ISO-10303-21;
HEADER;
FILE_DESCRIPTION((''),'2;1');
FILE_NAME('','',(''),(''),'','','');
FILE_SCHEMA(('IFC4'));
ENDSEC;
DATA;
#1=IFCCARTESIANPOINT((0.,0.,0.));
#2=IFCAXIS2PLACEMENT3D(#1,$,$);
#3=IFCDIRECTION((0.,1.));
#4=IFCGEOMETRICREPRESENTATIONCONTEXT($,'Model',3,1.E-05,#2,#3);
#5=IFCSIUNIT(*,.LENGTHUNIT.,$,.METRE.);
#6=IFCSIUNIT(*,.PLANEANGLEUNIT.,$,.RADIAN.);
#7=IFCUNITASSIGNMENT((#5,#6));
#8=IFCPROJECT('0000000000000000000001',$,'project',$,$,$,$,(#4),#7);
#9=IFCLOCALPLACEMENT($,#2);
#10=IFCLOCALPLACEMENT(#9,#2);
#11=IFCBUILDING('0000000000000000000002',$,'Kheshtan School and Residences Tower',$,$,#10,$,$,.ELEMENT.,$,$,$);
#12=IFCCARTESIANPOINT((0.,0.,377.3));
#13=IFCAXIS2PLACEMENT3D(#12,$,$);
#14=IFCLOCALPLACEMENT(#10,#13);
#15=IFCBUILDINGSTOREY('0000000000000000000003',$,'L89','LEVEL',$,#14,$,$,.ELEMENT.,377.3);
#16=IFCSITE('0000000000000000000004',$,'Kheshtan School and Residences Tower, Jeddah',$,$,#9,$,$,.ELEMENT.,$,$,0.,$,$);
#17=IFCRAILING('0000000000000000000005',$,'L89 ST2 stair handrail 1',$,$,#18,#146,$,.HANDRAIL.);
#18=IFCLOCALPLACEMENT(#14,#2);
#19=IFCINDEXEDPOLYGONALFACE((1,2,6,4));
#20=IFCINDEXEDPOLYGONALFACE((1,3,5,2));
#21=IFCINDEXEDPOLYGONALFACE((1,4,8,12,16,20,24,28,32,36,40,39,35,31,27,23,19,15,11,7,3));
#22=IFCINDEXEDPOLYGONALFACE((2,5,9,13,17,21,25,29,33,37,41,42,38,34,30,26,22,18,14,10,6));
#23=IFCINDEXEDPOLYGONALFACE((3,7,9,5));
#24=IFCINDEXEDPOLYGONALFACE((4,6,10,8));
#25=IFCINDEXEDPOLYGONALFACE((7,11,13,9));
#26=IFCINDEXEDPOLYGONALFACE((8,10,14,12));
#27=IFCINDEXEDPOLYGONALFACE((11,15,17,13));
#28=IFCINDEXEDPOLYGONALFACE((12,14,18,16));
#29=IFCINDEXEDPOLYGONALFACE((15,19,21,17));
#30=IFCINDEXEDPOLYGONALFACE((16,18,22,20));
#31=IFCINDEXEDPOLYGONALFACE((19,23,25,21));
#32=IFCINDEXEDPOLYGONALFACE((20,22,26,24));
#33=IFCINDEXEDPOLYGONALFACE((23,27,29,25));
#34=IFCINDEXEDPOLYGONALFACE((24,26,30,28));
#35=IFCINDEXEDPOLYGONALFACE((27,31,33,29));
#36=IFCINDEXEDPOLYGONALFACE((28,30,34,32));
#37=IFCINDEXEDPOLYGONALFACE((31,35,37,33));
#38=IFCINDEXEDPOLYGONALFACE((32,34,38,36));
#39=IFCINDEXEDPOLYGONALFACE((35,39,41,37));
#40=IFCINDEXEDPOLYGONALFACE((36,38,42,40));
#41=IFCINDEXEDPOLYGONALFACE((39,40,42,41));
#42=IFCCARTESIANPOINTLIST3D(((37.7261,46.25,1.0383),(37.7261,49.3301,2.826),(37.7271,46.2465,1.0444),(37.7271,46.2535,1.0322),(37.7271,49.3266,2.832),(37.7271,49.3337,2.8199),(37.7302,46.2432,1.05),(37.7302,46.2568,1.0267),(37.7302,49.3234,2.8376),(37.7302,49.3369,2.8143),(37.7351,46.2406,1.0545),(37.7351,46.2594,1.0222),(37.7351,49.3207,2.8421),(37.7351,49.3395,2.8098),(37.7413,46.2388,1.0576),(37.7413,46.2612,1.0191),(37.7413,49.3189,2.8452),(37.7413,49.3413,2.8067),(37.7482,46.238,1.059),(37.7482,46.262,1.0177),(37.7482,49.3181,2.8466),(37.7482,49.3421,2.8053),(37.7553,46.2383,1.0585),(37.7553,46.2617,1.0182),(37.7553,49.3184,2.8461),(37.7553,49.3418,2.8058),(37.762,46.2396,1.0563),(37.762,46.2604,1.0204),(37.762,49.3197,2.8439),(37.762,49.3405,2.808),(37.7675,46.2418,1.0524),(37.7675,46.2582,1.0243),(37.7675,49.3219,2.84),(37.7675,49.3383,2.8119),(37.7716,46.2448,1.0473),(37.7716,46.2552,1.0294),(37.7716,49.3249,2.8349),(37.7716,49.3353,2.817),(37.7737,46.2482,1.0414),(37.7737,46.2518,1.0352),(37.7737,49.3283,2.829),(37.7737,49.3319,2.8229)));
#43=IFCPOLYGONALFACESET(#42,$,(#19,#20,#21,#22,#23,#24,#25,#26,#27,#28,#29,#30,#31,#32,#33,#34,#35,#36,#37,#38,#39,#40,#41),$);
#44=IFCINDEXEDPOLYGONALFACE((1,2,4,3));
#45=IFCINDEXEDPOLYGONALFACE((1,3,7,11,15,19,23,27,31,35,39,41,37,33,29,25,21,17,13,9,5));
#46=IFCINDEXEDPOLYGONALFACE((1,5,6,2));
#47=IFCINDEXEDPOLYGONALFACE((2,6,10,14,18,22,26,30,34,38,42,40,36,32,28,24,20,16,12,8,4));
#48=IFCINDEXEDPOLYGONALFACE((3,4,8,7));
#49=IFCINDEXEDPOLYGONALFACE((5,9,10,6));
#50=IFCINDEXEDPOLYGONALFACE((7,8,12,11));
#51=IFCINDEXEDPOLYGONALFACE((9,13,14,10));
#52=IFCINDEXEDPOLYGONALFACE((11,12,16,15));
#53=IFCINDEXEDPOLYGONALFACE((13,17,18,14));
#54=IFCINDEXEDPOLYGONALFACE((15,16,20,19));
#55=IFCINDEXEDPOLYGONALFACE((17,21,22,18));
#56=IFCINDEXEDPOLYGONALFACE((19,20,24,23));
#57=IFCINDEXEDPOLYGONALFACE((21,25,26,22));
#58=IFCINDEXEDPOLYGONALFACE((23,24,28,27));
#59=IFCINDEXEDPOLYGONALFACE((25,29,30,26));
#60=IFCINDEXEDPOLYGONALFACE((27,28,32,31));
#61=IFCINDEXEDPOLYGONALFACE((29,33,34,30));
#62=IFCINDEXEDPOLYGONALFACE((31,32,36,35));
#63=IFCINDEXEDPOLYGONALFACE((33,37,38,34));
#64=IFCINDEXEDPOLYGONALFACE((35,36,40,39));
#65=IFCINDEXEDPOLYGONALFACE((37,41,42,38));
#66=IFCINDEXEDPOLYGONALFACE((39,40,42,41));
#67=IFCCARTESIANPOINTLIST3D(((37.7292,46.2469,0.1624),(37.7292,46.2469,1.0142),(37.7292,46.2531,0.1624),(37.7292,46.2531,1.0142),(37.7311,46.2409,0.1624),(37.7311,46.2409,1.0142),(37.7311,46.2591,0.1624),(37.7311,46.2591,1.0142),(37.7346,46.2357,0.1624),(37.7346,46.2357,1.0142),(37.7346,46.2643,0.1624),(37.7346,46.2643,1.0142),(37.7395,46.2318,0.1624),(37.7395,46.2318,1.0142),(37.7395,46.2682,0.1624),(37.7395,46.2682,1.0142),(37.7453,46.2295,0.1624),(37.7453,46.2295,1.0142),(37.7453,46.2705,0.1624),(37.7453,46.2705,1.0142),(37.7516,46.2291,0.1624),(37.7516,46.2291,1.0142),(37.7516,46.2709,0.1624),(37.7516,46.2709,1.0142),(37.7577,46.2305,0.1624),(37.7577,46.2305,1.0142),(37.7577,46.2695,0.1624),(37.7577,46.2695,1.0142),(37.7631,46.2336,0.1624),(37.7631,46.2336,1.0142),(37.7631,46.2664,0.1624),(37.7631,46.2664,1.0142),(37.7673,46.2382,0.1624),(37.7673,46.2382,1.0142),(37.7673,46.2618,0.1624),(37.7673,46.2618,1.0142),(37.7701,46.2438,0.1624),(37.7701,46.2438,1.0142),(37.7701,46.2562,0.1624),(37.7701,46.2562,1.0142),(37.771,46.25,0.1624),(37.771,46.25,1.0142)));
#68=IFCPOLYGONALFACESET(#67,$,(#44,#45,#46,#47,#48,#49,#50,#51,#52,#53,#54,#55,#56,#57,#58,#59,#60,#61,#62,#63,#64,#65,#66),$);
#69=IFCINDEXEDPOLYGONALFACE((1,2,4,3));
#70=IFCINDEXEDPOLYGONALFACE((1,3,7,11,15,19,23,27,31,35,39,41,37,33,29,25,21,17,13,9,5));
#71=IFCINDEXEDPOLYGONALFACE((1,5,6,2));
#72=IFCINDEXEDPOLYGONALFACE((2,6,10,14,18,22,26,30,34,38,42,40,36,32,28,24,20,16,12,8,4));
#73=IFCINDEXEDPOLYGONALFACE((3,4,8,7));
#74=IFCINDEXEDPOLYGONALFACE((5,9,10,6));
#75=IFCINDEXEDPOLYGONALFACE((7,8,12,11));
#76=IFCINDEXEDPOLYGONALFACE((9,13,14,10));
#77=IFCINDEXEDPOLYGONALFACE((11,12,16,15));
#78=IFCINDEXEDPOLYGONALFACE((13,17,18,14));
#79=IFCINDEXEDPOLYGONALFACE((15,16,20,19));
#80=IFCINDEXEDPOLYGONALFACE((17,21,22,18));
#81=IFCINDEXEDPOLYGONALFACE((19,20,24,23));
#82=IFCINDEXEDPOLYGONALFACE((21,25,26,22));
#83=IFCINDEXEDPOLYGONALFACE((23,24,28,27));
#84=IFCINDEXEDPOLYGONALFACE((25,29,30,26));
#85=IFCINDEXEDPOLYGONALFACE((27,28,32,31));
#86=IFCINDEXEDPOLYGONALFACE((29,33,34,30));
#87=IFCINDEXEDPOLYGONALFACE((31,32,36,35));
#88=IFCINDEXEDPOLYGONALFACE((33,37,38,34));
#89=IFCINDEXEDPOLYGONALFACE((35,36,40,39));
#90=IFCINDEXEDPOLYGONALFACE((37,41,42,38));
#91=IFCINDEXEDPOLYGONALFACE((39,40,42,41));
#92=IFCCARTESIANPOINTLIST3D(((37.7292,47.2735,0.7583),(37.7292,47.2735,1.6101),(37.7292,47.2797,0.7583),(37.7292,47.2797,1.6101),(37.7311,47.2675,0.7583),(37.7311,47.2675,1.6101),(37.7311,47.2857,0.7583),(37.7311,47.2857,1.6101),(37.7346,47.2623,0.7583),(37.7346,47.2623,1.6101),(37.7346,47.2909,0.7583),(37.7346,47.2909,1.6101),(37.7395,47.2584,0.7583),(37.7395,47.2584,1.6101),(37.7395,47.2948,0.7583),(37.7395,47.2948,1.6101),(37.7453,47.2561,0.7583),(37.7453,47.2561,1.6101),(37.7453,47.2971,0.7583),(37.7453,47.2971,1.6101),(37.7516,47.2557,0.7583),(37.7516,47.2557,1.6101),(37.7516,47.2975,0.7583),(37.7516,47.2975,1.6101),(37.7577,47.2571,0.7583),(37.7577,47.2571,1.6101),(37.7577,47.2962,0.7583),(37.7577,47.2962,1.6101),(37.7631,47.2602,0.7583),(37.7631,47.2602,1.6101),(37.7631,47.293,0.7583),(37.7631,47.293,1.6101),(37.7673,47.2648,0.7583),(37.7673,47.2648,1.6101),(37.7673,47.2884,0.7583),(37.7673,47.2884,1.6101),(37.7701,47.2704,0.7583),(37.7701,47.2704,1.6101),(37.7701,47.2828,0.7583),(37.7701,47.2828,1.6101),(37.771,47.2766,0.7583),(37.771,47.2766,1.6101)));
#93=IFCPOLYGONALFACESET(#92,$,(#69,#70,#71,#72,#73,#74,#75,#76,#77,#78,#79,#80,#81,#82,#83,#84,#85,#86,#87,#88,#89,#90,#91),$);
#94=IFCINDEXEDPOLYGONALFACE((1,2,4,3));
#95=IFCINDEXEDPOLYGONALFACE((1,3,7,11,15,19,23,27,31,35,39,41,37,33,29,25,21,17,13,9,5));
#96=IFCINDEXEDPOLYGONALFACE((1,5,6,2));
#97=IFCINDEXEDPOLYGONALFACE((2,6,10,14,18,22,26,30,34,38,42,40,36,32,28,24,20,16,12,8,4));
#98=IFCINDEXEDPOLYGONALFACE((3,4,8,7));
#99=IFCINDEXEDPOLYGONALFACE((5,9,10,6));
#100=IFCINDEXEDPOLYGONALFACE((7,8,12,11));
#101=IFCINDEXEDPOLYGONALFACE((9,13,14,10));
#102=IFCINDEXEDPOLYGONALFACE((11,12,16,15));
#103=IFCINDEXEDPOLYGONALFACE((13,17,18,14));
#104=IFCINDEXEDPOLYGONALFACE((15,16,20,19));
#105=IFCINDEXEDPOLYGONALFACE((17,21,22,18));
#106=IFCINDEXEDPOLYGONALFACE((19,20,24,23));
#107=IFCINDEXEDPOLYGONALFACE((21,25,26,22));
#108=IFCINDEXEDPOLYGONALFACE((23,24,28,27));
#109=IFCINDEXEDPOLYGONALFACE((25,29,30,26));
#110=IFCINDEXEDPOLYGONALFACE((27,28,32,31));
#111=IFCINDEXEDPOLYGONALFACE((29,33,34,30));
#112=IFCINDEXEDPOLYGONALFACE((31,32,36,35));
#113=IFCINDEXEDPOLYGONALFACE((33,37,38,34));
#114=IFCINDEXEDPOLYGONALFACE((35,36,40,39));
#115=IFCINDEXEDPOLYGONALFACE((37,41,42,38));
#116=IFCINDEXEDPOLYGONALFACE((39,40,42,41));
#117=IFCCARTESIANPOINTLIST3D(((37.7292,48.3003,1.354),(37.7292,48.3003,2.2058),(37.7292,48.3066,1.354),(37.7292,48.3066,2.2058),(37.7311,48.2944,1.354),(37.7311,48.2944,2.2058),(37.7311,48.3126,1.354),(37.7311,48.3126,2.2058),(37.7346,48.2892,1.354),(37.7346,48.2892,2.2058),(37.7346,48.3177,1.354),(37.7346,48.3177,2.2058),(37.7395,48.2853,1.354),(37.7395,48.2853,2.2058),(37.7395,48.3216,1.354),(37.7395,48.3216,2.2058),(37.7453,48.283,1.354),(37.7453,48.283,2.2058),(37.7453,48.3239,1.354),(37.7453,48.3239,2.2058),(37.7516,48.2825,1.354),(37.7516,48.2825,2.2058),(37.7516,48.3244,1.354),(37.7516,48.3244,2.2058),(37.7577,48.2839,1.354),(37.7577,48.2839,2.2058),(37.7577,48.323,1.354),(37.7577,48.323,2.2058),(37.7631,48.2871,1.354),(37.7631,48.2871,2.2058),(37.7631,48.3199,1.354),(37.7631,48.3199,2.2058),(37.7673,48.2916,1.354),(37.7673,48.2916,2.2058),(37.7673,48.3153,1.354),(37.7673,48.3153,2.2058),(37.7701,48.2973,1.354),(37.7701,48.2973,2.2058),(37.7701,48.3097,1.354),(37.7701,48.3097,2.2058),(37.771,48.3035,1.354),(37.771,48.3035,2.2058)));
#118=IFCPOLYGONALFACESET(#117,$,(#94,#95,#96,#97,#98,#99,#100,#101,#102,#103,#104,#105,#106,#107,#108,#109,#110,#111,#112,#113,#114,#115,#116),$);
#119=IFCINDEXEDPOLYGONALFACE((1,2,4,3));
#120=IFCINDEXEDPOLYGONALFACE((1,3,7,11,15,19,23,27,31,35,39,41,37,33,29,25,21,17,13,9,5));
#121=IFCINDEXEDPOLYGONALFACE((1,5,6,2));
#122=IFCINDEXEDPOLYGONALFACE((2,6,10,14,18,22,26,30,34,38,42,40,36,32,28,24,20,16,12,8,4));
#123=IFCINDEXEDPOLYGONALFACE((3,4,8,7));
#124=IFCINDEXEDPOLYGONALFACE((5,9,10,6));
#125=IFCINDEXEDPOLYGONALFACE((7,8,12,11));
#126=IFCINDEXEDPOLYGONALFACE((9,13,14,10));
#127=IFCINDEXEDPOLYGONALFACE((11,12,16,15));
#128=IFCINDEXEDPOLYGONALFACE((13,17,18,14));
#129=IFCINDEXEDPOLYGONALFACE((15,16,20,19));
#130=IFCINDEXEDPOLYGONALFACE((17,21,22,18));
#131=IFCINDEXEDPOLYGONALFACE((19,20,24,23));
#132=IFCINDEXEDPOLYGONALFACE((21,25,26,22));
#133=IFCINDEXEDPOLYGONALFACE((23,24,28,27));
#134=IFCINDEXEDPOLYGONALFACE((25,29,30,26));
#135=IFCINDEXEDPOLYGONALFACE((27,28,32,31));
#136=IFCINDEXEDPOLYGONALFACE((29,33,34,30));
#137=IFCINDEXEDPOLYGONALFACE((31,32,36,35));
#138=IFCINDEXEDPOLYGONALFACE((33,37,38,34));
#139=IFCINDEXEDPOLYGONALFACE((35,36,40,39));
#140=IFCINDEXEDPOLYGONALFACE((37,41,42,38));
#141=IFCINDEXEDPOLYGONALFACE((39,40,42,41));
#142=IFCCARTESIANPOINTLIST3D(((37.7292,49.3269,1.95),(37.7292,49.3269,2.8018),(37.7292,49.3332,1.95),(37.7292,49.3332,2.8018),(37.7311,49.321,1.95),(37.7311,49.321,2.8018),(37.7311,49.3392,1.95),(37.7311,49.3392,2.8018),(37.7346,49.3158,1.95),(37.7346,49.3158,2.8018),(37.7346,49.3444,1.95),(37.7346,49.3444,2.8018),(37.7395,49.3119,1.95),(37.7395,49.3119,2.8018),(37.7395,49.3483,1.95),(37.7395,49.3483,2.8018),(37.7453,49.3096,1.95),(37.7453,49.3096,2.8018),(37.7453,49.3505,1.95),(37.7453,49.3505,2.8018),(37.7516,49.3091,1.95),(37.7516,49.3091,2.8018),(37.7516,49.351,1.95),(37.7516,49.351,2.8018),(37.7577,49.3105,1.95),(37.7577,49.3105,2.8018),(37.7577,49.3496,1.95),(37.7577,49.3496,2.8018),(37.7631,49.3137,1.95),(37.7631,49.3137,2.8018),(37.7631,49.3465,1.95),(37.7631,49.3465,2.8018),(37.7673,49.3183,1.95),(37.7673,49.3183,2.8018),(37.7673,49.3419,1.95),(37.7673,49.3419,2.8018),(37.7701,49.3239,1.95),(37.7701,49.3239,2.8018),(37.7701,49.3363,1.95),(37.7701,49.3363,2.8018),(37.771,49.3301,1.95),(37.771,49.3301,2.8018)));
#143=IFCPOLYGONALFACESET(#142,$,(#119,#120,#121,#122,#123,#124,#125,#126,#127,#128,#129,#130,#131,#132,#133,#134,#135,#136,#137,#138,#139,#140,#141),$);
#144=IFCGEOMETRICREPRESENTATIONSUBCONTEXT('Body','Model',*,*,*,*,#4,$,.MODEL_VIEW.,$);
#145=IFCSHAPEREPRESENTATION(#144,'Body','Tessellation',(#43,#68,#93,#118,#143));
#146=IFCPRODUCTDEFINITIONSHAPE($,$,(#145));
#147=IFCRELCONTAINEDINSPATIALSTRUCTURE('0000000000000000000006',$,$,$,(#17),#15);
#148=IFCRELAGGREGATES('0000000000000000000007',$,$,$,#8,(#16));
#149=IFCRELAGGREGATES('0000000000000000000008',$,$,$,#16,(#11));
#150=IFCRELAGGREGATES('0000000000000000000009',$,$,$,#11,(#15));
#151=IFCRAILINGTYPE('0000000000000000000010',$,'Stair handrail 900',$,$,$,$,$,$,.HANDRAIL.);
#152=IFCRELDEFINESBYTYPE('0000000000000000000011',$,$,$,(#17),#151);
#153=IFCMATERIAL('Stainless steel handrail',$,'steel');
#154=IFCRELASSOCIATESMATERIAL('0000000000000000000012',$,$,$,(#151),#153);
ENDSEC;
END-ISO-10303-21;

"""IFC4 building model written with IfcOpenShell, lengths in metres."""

from ifc_helpers import new_model, si_unit, direction, frame, origin, origin_2d, place, context, subcontext, project, spatial, circle, extrude, material, type_object, element, save


model = new_model("IFC4")

# Units and contexts
model_context = context("Model", 3, precision=1e-05, world=origin(), true_north=direction((0.0, 1.0)))
body_context = subcontext(model_context, "Body", "Model", "MODEL_VIEW")
ifc_project = project(units=[si_unit("LENGTHUNIT", "METRE"), si_unit("PLANEANGLEUNIT", "RADIAN")], contexts=[model_context])

# Site, building, storey
site_placement = place(None, origin())
site = spatial("IfcSite", under=ifc_project, at=site_placement, Name="Kheshtan School and Residences Tower, Jeddah", CompositionType="ELEMENT", RefElevation=0.0)
building_placement = place(site_placement, origin())
building = spatial("IfcBuilding", under=site, at=building_placement, Name="Kheshtan School and Residences Tower", CompositionType="ELEMENT")
storey_placement = place(building_placement, frame((0.0, 0.0, 377.3)))
storey = spatial("IfcBuildingStorey", under=building, at=storey_placement, Name="L89", Description="LEVEL", CompositionType="ELEMENT", Elevation=377.3)

# Railing
ifc_material_1 = material(Name="Stainless steel handrail", Category="steel")
railing_type_1 = type_object("IfcRailingType", Name="Stair handrail 900", PredefinedType="HANDRAIL", material=ifc_material_1)
railing_1_placement = place(storey_placement, frame((37.75, 46.25, 0.1624)))
element("IfcRailing", 1, at=railing_1_placement, inside=storey, type_object=railing_type_1, Name="L89 ST2 stair handrail 1", PredefinedType="HANDRAIL", context=body_context, shape_type="SweptSolid", body=[
    extrude(circle(Radius=0.0239, at=origin_2d()), frame((0.0, 0.0, 0.876), z_axis=(0.0, 0.864891, 0.50196), x_axis=(-1.0, 0.0, 0.0)), (0.0, 0.0, 1.0), 3.5613),
    extrude(circle(Radius=0.021, at=origin_2d()), origin(), (0.0, 0.0, 1.0), 0.8518),
    extrude(circle(Radius=0.021, at=origin_2d()), frame((0.0, 1.0266, 0.5959)), (0.0, 0.0, 1.0), 0.8518),
    extrude(circle(Radius=0.021, at=origin_2d()), frame((0.0, 2.0535, 1.1917)), (0.0, 0.0, 1.0), 0.8518),
    extrude(circle(Radius=0.021, at=origin_2d()), frame((0.0, 3.0801, 1.7876)), (0.0, 0.0, 1.0), 0.8518),
])

save(model, "model.ifc")
